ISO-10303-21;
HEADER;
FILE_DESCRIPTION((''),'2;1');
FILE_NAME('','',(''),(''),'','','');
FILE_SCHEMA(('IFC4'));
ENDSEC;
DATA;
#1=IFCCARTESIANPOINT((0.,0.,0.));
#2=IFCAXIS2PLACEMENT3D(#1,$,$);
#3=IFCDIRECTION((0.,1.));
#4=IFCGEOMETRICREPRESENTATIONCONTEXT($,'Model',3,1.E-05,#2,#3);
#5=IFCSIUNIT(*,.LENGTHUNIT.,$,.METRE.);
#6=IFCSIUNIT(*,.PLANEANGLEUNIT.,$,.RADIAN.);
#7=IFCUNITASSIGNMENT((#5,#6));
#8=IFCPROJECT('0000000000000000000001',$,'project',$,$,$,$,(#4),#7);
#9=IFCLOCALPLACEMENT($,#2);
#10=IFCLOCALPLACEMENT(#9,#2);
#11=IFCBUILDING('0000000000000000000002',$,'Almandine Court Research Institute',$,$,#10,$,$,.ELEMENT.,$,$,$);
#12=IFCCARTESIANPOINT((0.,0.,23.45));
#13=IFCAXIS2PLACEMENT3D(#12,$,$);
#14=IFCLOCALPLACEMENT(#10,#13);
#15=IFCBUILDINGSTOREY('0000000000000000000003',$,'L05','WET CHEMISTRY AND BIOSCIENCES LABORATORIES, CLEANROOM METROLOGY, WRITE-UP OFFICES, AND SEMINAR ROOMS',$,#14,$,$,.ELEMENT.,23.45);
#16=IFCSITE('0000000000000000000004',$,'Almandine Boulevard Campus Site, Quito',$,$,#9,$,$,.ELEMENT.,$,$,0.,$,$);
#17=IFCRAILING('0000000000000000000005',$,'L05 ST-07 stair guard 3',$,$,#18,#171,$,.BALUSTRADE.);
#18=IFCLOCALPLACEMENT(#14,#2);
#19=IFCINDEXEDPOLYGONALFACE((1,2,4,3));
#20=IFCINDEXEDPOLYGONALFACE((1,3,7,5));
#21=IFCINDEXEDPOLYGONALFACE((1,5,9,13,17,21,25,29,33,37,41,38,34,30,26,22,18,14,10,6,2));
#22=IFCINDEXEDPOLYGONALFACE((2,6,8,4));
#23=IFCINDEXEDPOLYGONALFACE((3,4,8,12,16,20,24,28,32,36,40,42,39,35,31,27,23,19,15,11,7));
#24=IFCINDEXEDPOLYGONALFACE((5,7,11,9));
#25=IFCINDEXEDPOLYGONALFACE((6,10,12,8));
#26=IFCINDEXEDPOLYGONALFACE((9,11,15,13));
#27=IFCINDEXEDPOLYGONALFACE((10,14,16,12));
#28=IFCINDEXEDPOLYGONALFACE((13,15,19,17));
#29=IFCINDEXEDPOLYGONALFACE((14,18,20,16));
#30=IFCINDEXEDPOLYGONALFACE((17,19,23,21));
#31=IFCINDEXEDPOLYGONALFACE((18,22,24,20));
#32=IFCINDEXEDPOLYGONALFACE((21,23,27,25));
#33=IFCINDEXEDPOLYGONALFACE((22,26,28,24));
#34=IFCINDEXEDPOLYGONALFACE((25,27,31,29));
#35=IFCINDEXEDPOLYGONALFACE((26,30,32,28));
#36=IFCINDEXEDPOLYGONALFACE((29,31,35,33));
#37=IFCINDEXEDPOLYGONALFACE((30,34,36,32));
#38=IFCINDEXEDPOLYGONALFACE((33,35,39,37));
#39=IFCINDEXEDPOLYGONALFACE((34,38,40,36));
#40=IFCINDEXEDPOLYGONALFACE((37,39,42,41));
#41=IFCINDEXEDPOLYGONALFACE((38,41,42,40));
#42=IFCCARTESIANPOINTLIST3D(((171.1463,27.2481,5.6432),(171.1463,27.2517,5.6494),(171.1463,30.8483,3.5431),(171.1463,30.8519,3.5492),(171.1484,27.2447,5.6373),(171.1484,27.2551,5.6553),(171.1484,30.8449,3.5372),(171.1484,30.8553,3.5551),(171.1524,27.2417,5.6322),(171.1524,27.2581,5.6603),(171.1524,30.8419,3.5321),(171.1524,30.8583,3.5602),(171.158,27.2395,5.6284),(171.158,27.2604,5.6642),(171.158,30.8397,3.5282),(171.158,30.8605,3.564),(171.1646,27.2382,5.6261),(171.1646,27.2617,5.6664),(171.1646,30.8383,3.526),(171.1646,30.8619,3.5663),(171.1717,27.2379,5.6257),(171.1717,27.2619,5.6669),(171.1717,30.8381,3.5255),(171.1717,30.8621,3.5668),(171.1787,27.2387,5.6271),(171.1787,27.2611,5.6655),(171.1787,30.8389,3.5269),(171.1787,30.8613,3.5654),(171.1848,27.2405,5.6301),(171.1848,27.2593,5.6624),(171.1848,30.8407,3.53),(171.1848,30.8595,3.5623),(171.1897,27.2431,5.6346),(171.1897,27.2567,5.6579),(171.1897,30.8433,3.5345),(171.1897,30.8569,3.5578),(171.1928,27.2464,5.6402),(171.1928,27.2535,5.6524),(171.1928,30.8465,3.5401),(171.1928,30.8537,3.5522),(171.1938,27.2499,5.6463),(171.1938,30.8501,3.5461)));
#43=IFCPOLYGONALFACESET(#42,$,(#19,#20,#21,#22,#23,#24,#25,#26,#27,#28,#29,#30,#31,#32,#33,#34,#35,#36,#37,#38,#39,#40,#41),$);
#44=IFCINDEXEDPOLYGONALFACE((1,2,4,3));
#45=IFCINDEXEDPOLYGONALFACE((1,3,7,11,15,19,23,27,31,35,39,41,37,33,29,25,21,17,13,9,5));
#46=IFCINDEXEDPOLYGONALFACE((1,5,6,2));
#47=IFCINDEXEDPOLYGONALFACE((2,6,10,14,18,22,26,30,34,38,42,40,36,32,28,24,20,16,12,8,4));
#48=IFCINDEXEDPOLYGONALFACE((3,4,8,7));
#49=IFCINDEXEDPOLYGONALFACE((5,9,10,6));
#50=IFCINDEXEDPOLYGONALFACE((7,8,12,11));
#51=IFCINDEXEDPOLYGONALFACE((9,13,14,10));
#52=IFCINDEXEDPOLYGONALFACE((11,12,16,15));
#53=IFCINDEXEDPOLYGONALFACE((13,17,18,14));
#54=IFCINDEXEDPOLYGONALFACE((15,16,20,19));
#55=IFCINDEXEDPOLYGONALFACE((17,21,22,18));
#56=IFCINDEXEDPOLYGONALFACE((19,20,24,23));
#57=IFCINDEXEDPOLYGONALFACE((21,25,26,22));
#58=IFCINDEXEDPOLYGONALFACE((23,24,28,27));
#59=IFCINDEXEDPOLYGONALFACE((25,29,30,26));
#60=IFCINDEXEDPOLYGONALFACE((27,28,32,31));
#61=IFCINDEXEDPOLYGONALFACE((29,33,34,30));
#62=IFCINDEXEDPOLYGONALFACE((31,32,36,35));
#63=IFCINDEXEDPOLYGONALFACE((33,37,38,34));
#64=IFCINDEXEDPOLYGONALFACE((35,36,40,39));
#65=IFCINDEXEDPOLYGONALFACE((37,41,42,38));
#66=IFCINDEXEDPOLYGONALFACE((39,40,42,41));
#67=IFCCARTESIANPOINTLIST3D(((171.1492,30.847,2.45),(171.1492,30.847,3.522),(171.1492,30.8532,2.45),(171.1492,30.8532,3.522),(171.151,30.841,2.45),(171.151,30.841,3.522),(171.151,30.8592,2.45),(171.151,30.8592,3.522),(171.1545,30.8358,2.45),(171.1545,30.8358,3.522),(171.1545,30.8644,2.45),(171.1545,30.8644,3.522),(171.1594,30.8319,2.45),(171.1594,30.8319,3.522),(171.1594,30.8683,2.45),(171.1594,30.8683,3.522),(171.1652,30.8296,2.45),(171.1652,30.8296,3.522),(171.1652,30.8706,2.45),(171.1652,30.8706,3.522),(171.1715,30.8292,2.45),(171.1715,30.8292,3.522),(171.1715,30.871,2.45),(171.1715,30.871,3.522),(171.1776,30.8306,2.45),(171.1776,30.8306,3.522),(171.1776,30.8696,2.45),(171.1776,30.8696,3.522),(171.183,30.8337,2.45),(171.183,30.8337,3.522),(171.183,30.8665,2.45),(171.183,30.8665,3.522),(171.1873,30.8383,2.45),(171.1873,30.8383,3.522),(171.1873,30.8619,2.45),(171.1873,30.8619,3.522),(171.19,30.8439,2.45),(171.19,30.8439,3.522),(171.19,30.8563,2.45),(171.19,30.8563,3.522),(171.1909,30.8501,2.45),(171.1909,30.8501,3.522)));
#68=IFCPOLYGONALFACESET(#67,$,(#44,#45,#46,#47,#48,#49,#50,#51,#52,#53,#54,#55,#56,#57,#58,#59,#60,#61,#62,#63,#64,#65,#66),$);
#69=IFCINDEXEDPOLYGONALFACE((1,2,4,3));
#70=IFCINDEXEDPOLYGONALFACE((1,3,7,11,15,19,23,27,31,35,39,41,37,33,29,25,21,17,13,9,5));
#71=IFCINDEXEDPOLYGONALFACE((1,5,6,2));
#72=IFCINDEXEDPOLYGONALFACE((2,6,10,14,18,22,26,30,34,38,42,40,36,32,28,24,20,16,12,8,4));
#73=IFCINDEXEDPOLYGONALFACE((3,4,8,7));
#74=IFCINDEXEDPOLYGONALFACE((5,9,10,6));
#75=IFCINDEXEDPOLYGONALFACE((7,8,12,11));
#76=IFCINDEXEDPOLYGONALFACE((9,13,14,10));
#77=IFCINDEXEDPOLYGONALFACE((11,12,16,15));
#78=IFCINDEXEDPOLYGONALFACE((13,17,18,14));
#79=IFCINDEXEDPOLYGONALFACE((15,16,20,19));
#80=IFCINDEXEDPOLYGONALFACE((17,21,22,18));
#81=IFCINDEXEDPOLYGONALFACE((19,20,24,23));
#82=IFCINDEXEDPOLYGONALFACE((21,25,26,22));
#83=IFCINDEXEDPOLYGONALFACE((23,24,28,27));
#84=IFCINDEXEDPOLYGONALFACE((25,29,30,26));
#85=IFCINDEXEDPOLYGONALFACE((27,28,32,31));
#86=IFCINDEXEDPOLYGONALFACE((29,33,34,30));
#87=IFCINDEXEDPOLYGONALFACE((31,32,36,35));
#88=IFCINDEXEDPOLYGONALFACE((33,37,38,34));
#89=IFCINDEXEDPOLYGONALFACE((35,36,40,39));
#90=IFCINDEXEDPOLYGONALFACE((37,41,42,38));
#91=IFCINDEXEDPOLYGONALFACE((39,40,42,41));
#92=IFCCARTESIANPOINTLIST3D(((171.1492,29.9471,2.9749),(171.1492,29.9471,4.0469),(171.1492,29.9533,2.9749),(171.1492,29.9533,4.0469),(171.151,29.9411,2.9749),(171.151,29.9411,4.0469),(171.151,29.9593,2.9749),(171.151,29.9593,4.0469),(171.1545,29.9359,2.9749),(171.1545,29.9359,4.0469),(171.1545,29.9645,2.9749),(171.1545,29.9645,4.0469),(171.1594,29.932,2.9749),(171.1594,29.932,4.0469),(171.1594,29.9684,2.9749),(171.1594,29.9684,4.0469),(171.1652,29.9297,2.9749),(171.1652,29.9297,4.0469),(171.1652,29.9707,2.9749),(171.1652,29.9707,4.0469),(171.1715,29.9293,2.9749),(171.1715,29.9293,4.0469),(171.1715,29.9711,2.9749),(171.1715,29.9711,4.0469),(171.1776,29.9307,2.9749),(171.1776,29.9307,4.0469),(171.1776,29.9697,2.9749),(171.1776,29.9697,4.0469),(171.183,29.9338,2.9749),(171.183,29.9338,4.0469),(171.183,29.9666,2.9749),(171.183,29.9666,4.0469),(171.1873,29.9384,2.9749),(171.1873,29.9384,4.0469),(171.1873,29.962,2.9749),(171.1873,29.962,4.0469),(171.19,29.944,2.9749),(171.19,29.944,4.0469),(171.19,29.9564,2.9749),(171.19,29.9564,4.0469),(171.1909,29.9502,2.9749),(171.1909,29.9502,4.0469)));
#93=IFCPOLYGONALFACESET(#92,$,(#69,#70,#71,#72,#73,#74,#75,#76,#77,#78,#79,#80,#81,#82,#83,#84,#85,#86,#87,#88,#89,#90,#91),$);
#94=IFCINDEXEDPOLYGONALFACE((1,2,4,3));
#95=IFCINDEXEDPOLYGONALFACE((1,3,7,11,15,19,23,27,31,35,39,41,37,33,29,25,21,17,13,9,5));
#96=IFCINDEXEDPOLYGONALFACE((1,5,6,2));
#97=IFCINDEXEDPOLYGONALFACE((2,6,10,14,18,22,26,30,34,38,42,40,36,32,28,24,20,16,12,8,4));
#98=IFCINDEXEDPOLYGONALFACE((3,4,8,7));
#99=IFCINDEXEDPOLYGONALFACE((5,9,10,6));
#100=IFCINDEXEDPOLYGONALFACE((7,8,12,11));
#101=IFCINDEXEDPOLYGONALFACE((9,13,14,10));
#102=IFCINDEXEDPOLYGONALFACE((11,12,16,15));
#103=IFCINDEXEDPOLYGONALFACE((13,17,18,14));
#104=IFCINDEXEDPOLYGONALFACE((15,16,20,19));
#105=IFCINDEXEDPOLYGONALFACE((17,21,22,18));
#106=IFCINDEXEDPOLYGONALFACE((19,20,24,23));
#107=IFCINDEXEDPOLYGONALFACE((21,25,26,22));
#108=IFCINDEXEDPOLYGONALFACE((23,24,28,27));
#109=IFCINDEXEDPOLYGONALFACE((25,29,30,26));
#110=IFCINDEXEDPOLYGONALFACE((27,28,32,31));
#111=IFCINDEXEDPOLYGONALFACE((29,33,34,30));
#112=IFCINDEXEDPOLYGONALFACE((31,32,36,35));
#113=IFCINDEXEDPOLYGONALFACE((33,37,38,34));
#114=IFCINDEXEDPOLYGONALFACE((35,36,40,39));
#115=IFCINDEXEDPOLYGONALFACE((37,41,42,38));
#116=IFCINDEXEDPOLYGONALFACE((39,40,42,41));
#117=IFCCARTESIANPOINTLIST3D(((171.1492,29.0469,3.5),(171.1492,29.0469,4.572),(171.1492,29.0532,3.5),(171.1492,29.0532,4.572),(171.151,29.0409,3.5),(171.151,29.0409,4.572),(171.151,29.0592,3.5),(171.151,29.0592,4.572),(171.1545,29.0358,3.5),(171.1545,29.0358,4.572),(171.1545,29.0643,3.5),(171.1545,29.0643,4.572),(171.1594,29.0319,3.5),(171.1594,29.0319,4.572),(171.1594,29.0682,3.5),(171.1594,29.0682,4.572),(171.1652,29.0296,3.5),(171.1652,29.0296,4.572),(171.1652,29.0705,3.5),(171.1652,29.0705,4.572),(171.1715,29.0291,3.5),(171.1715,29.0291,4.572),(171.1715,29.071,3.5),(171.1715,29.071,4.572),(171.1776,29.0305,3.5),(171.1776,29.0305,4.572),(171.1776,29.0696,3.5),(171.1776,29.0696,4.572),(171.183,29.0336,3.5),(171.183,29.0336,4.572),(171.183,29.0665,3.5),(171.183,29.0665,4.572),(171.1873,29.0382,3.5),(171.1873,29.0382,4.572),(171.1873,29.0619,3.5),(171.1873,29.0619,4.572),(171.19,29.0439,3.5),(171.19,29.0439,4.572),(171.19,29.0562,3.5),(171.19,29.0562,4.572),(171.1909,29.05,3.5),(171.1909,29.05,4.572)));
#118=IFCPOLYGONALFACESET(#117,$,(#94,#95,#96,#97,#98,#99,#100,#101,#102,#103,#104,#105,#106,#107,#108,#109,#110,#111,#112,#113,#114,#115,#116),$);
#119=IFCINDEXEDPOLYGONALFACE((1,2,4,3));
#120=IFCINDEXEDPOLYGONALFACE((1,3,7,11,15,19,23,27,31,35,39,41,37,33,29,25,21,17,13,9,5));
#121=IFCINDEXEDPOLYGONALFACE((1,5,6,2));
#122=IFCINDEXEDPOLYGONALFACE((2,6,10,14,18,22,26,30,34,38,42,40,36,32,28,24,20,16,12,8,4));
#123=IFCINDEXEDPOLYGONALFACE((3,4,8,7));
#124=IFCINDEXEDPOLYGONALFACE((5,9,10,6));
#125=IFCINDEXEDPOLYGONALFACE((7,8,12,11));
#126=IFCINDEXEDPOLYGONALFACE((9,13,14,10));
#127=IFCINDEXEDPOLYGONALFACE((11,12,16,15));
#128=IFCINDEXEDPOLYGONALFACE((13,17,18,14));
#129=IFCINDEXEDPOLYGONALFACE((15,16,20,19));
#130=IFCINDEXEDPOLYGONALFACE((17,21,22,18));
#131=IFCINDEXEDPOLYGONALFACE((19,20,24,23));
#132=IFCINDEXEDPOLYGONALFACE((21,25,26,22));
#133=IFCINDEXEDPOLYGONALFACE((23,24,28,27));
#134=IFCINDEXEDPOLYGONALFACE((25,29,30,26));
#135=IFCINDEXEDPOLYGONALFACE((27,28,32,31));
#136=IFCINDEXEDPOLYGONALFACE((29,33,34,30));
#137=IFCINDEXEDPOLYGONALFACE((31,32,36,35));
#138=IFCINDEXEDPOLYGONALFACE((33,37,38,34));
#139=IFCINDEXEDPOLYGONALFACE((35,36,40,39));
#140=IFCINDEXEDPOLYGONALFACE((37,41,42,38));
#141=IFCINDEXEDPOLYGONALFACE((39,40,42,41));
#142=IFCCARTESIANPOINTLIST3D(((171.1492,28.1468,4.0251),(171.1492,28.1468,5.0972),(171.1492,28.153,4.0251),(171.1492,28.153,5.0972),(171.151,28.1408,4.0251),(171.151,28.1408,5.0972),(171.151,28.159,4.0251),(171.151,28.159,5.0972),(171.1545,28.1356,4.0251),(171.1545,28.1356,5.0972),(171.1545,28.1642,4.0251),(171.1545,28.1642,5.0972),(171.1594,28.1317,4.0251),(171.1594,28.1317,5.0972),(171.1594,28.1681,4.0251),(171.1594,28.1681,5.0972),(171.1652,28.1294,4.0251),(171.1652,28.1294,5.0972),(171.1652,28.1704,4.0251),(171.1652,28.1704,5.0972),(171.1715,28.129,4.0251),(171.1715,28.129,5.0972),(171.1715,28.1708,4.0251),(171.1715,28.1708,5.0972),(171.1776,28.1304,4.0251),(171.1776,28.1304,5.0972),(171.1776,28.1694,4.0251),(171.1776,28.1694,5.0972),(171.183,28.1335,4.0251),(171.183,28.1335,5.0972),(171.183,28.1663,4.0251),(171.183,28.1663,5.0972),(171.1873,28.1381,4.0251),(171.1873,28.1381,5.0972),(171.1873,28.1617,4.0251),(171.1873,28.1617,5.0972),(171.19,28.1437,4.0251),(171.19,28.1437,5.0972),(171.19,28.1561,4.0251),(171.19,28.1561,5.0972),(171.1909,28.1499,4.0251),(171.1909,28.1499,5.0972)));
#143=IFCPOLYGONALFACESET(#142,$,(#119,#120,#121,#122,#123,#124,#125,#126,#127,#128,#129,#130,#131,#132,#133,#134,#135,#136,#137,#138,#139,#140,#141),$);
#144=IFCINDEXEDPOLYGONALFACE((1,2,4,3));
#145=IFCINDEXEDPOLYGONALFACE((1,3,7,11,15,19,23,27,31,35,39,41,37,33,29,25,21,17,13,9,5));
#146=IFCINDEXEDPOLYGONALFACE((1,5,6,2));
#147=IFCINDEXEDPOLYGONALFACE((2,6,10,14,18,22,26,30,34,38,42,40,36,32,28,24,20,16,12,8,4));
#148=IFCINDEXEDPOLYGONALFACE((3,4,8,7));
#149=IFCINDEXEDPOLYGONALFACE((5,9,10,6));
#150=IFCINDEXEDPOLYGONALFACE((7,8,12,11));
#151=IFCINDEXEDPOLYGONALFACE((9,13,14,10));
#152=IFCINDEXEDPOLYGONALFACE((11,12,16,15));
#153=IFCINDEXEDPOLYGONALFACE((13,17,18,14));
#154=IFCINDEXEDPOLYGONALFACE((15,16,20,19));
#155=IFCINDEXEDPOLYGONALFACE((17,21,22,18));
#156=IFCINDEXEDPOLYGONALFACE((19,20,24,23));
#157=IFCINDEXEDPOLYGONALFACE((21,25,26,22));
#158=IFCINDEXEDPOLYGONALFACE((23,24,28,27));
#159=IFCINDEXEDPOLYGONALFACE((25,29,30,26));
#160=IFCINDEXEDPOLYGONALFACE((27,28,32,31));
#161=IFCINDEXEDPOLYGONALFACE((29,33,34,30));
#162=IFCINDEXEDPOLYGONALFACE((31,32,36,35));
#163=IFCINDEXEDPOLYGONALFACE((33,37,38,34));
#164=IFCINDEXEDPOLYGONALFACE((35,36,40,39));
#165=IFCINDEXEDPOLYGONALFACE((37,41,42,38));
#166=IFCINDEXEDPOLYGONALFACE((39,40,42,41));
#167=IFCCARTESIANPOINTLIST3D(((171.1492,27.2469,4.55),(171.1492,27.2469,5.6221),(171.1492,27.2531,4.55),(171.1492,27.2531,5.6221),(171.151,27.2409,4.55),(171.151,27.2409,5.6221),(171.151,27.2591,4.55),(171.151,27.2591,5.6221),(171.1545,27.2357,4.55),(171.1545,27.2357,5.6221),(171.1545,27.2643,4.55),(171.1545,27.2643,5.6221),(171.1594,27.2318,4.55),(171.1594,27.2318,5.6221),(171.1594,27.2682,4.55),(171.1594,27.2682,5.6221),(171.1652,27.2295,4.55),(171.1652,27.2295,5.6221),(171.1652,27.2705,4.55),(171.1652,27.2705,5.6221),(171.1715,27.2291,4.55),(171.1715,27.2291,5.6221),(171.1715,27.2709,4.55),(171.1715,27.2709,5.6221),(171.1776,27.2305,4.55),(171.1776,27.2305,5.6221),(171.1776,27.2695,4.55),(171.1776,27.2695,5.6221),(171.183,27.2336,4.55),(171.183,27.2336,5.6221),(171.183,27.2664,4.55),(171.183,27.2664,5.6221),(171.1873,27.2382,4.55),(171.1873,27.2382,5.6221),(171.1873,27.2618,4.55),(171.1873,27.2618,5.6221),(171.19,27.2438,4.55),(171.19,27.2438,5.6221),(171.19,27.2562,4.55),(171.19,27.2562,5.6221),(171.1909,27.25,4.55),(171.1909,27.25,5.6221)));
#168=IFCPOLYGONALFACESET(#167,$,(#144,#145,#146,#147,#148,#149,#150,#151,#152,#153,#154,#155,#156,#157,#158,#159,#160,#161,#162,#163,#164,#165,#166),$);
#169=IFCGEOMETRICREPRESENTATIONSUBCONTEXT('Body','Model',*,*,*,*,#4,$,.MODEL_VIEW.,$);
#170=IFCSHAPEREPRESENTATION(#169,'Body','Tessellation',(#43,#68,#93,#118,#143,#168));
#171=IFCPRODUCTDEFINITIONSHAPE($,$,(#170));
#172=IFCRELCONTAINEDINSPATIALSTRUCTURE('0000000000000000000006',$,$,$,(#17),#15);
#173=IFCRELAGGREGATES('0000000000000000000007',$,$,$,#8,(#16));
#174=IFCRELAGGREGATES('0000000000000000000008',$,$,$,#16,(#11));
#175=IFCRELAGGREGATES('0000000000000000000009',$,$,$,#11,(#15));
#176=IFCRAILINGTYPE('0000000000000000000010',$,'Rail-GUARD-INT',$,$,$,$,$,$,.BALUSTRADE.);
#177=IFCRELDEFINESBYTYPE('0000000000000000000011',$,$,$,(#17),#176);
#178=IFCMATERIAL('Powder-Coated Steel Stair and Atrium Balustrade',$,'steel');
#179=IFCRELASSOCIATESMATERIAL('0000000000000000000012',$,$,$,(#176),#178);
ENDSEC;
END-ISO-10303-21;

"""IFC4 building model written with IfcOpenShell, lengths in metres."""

from ifc_helpers import new_model, si_unit, direction, frame, origin, origin_2d, place, context, subcontext, project, spatial, circle, extrude, material, type_object, element, save


model = new_model("IFC4")

# Units and contexts
model_context = context("Model", 3, precision=1e-05, world=origin(), true_north=direction((0.0, 1.0)))
body_context = subcontext(model_context, "Body", "Model", "MODEL_VIEW")
ifc_project = project(units=[si_unit("LENGTHUNIT", "METRE"), si_unit("PLANEANGLEUNIT", "RADIAN")], contexts=[model_context])

# Site, building, storey
site_placement = place(None, origin())
site = spatial("IfcSite", under=ifc_project, at=site_placement, Name="Almandine Boulevard Campus Site, Quito", CompositionType="ELEMENT", RefElevation=0.0)
building_placement = place(site_placement, origin())
building = spatial("IfcBuilding", under=site, at=building_placement, Name="Almandine Court Research Institute", CompositionType="ELEMENT")
storey_placement = place(building_placement, frame((0.0, 0.0, 23.45)))
storey = spatial("IfcBuildingStorey", under=building, at=storey_placement, Name="L05", Description="WET CHEMISTRY AND BIOSCIENCES LABORATORIES, CLEANROOM METROLOGY, WRITE-UP OFFICES, AND SEMINAR ROOMS", CompositionType="ELEMENT", Elevation=23.45)

# Railing
ifc_material_1 = material(Name="Powder-Coated Steel Stair and Atrium Balustrade", Category="steel")
railing_type_1 = type_object("IfcRailingType", Name="Rail-GUARD-INT", PredefinedType="BALUSTRADE", material=ifc_material_1)
railing_1_placement = place(storey_placement, frame((171.1699, 30.8501, 2.45)))
element("IfcRailing", 1, at=railing_1_placement, inside=storey, type_object=railing_type_1, Name="L05 ST-07 stair guard 3", PredefinedType="BALUSTRADE", context=body_context, shape_type="SweptSolid", body=[
    extrude(circle(Radius=0.0239, at=origin_2d()), frame((0.0, 0.0, 1.0962), z_axis=(0.0, -0.863775, 0.503878), x_axis=(1.0, 0.0, 0.0)), (0.0, 0.0, 1.0), 4.168),
    extrude(circle(Radius=0.021, at=origin_2d()), origin(), (0.0, 0.0, 1.0), 1.072),
    extrude(circle(Radius=0.021, at=origin_2d()), frame((0.0, -0.8999, 0.5249)), (0.0, 0.0, 1.0), 1.072),
    extrude(circle(Radius=0.021, at=origin_2d()), frame((0.0, -1.8, 1.05)), (0.0, 0.0, 1.0), 1.072),
    extrude(circle(Radius=0.021, at=origin_2d()), frame((0.0, -2.7002, 1.5752)), (0.0, 0.0, 1.0), 1.072),
    extrude(circle(Radius=0.021, at=origin_2d()), frame((0.0, -3.6001, 2.1001)), (0.0, 0.0, 1.0), 1.072),
])

save(model, "model.ifc")
